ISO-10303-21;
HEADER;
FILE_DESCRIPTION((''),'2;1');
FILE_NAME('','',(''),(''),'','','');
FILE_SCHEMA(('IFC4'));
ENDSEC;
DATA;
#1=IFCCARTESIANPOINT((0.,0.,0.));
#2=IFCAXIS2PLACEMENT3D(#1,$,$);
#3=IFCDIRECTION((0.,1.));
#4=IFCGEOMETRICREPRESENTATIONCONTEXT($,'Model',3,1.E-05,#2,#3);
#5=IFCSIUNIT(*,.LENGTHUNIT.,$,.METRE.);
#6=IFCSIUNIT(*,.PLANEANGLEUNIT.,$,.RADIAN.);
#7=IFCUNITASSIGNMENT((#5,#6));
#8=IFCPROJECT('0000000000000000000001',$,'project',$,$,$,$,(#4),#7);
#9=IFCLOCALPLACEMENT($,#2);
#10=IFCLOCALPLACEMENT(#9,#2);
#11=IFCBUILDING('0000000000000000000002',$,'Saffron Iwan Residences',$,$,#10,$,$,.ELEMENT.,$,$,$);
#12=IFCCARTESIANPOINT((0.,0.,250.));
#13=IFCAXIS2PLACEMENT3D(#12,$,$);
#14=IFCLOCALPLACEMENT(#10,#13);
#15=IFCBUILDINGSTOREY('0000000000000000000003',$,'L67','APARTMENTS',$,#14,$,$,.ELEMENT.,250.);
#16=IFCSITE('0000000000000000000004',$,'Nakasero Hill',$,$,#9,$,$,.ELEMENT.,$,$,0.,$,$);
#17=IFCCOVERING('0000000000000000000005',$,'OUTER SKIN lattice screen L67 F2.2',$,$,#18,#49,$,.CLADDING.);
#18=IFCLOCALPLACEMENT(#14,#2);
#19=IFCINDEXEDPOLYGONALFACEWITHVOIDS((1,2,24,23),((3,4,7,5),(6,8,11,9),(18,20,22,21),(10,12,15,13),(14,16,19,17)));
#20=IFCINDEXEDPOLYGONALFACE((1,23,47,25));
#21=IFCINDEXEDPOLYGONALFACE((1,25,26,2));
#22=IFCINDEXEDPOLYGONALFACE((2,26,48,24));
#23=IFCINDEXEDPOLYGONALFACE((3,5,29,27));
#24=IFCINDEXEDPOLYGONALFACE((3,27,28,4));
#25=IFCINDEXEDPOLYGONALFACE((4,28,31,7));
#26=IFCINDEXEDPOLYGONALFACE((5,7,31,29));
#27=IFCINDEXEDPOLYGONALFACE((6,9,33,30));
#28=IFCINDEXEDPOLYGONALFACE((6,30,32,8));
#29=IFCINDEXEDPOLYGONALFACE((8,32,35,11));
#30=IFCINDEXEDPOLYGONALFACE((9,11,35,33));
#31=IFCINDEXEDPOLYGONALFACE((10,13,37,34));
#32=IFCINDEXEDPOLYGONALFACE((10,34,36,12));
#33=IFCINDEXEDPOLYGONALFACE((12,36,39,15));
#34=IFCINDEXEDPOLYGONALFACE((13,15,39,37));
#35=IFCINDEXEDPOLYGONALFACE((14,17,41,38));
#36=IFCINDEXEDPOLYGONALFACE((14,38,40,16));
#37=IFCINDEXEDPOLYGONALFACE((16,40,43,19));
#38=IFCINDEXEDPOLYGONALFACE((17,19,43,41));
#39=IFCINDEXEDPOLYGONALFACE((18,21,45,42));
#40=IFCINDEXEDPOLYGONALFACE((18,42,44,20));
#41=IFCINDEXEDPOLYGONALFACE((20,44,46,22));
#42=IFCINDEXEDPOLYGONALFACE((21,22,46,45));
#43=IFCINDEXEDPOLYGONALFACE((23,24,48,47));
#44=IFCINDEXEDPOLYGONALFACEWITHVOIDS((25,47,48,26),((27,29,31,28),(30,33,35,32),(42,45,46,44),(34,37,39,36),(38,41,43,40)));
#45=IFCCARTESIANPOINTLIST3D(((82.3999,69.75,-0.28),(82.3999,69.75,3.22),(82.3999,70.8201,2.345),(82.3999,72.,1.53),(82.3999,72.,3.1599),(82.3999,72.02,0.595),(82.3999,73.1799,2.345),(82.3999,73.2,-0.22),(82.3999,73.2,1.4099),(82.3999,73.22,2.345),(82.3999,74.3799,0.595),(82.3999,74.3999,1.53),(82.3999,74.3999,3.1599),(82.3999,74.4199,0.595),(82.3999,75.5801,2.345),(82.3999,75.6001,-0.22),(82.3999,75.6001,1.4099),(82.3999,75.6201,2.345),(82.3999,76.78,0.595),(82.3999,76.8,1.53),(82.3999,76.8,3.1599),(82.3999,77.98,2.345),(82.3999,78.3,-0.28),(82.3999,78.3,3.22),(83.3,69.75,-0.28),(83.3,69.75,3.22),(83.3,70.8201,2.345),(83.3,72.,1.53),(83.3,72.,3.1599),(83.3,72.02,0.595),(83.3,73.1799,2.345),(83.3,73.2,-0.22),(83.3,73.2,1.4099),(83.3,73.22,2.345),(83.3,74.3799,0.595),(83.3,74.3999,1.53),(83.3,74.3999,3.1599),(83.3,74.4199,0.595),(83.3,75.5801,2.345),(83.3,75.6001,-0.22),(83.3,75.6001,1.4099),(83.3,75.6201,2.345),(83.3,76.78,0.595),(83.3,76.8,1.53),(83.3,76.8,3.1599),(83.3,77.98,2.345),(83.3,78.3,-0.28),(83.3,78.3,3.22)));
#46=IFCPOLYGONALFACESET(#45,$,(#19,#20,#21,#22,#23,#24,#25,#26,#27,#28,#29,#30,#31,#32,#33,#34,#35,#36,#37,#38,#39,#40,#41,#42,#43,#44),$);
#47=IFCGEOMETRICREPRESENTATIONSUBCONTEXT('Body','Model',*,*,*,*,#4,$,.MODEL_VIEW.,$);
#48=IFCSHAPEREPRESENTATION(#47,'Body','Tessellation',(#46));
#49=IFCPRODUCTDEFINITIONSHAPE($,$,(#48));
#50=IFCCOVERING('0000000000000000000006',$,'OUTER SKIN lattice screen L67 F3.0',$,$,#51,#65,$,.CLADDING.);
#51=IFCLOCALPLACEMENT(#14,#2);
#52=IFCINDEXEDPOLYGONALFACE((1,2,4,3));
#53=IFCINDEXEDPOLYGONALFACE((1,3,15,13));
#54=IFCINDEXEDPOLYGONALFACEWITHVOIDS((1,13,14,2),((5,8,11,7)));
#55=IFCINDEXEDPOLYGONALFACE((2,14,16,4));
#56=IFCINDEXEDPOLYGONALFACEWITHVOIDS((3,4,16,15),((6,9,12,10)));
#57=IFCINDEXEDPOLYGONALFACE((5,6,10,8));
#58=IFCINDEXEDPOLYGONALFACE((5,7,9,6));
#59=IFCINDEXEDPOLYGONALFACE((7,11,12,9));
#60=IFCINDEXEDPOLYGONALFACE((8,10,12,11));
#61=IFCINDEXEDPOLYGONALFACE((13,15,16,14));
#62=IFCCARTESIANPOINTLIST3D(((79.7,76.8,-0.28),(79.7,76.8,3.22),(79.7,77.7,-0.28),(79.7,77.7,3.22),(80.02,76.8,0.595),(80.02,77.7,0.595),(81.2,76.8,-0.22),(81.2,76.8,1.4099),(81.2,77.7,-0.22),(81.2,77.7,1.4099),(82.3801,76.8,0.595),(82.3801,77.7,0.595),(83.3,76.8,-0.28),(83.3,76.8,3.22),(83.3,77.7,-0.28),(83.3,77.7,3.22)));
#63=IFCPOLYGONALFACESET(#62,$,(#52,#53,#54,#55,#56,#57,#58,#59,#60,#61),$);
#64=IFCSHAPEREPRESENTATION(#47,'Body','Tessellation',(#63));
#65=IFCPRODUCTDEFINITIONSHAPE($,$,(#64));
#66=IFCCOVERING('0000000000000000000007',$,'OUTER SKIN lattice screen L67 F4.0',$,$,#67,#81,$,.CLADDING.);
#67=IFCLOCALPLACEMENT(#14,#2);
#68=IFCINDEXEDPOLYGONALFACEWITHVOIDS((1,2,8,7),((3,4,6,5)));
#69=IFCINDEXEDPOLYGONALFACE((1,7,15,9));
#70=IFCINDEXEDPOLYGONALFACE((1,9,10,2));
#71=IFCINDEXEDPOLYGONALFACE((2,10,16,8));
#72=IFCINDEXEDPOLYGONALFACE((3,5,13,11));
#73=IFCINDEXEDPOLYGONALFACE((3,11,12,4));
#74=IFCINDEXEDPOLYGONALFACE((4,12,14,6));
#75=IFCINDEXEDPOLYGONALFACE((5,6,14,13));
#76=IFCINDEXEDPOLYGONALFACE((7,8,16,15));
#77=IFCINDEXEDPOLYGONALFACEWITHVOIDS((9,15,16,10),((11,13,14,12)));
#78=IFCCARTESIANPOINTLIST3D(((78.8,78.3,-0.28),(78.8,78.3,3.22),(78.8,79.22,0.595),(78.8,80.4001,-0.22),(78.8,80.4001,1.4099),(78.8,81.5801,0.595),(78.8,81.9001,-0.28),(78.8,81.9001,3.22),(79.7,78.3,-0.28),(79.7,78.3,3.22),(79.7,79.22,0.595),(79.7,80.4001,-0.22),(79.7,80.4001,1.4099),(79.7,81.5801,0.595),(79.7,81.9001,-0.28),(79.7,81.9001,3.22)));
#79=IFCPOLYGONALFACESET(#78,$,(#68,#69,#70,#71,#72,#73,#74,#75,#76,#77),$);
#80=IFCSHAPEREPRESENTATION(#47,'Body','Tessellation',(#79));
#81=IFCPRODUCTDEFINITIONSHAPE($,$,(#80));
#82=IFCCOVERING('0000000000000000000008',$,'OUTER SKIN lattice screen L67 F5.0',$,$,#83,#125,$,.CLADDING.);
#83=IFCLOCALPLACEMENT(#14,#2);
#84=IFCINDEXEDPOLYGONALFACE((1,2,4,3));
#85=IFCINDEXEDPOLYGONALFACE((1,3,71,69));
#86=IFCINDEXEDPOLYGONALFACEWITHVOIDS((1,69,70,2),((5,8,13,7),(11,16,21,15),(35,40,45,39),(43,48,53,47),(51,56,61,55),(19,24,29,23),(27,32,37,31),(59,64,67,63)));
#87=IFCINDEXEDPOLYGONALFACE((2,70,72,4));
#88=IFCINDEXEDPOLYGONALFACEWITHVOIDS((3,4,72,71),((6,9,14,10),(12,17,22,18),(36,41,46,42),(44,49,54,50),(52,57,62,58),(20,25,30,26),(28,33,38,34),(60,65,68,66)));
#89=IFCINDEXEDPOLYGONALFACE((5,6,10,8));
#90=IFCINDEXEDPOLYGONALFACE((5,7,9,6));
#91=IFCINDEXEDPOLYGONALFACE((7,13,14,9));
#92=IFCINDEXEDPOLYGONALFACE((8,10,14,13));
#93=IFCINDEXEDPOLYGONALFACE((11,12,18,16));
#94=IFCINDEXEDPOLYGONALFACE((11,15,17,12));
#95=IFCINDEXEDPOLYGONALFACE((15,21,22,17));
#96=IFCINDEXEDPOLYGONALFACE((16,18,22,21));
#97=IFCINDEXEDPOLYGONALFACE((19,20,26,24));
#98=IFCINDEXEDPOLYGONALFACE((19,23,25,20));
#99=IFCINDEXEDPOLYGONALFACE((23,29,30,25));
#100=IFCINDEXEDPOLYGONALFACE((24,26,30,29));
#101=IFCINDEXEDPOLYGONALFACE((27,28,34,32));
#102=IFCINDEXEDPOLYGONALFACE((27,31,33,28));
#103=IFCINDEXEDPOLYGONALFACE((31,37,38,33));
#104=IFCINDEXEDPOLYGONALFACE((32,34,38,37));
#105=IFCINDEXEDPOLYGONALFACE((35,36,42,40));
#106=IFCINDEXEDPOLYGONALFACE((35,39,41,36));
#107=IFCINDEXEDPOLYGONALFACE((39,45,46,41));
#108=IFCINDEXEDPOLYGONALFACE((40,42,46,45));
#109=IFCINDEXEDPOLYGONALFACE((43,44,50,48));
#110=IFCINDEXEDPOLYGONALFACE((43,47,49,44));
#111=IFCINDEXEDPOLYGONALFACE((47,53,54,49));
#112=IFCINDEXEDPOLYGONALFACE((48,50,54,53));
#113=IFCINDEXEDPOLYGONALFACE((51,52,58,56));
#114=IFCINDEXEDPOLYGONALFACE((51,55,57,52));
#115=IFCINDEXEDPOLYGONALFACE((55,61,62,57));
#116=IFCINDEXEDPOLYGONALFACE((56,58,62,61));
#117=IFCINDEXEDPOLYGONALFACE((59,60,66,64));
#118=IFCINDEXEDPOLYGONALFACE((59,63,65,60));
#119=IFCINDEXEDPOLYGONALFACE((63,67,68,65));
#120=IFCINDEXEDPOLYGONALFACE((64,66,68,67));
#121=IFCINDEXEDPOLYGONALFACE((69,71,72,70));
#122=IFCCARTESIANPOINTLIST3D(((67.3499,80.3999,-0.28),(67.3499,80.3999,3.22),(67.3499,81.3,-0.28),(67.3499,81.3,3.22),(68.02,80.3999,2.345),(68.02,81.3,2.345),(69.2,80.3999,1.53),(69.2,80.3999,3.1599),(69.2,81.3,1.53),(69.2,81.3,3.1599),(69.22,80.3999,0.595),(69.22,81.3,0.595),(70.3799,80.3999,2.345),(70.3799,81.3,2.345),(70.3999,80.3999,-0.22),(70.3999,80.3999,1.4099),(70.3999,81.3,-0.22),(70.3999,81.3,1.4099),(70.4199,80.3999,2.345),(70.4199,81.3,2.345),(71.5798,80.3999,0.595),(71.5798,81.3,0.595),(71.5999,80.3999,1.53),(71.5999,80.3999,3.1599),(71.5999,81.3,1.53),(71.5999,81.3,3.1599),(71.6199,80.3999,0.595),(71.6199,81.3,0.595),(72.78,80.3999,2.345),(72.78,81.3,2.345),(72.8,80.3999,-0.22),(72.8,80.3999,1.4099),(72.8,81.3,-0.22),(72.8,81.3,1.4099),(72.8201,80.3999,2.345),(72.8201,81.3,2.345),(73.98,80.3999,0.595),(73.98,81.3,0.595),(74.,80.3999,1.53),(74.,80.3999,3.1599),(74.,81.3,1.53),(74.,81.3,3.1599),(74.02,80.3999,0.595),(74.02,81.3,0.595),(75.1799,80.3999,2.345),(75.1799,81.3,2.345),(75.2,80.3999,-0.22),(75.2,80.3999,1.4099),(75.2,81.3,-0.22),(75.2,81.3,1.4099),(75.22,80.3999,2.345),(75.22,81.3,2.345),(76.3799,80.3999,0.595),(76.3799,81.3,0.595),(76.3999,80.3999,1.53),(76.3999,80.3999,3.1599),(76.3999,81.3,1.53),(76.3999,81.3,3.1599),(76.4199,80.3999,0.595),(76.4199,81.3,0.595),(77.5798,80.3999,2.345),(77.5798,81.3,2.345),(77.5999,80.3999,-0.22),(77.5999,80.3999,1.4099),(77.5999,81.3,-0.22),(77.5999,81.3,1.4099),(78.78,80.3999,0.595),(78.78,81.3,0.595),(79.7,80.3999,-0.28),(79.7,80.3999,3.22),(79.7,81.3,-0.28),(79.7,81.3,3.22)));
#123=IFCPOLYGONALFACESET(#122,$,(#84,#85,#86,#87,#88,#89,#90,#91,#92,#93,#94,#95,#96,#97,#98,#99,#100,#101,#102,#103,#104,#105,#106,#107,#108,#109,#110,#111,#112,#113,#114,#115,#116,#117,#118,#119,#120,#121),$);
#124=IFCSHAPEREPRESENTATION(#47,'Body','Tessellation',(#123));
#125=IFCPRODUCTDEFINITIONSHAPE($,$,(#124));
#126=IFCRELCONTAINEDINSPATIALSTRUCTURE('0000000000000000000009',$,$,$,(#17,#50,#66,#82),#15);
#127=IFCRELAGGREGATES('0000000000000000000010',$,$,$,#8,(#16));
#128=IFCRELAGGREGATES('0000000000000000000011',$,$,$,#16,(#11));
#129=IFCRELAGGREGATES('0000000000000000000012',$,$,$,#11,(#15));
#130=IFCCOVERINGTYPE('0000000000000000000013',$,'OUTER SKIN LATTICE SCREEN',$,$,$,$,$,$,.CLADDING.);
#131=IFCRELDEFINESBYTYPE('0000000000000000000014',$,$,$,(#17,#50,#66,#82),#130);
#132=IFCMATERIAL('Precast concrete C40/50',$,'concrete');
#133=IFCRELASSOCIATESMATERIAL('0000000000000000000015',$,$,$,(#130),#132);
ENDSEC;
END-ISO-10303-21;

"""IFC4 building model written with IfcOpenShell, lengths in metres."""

from ifc_helpers import new_model, si_unit, direction, frame, origin, place, context, subcontext, project, spatial, polyline, outline, extrude, material, type_object, element, save


model = new_model("IFC4")

# Units and contexts
model_context = context("Model", 3, precision=1e-05, world=origin(), true_north=direction((0.0, 1.0)))
body_context = subcontext(model_context, "Body", "Model", "MODEL_VIEW")
ifc_project = project(units=[si_unit("LENGTHUNIT", "METRE"), si_unit("PLANEANGLEUNIT", "RADIAN")], contexts=[model_context])

# Site, building, storey
site_placement = place(None, origin())
site = spatial("IfcSite", under=ifc_project, at=site_placement, Name="Nakasero Hill", CompositionType="ELEMENT", RefElevation=0.0)
building_placement = place(site_placement, origin())
building = spatial("IfcBuilding", under=site, at=building_placement, Name="Saffron Iwan Residences", CompositionType="ELEMENT")
storey_placement = place(building_placement, frame((0.0, 0.0, 250.0)))
storey = spatial("IfcBuildingStorey", under=building, at=storey_placement, Name="L67", Description="APARTMENTS", CompositionType="ELEMENT", Elevation=250.0)

# Coverings
ifc_material_1 = material(Name="Precast concrete C40/50", Category="concrete")
covering_type = type_object("IfcCoveringType", Name="OUTER SKIN LATTICE SCREEN", PredefinedType="CLADDING", material=ifc_material_1)
covering_1_placement = place(storey_placement, frame((82.3999, 69.75, -0.28), z_axis=(1.0, 0.0, 0.0), x_axis=(0.0, 1.0, 0.0)))
element("IfcCovering", 1, at=covering_1_placement, inside=storey, type_object=covering_type, Name="OUTER SKIN lattice screen L67 F2.2", PredefinedType="CLADDING", context=body_context, shape_type="SweptSolid", body=[
    extrude(outline(polyline([(0.0, 0.0), (8.55, 0.0), (8.55, 3.5), (0.0, 3.5), (0.0, 0.0)]), holes=[polyline([(2.27, 0.875), (3.45, 0.0601), (4.6299, 0.875), (3.45, 1.6899), (2.27, 0.875)]), polyline([(4.6699, 0.875), (5.8501, 0.0601), (7.03, 0.875), (5.8501, 1.6899), (4.6699, 0.875)]), polyline([(1.0701, 2.625), (2.25, 1.8101), (3.4299, 2.625), (2.25, 3.4399), (1.0701, 2.625)]), polyline([(3.47, 2.625), (4.6499, 1.8101), (5.8301, 2.625), (4.6499, 3.4399), (3.47, 2.625)]), polyline([(5.8701, 2.625), (7.05, 1.8101), (8.23, 2.625), (7.05, 3.4399), (5.8701, 2.625)])]), origin(), (0.0, 0.0, 1.0), 0.9001),
])
for number, where, z_axis, x_axis, name in (
    (2, (83.3, 76.8, -0.28), (0.0, 1.0, 0.0), (-1.0, 0.0, 0.0), "OUTER SKIN lattice screen L67 F3.0"),
    (3, (78.8, 78.3, -0.28), (1.0, 0.0, 0.0), (0.0, 1.0, 0.0), "OUTER SKIN lattice screen L67 F4.0"),
):
    element("IfcCovering", number, at=place(storey_placement, frame(where, z_axis=z_axis, x_axis=x_axis)), inside=storey, type_object=covering_type, Name=name, PredefinedType="CLADDING", context=body_context, shape_type="SweptSolid", body=[
        extrude(outline(polyline([(0.0, 0.0), (3.6001, 0.0), (3.6001, 3.5), (0.0, 3.5), (0.0, 0.0)]), holes=[polyline([(0.9199, 0.875), (2.1001, 0.0601), (3.28, 0.875), (2.1001, 1.6899), (0.9199, 0.875)])]), origin(), (0.0, 0.0, 1.0), 0.8999),
    ])
covering_2_placement = place(storey_placement, frame((79.7, 80.3999, -0.28), z_axis=(0.0, 1.0, 0.0), x_axis=(-1.0, 0.0, 0.0)))
element("IfcCovering", 4, at=covering_2_placement, inside=storey, type_object=covering_type, Name="OUTER SKIN lattice screen L67 F5.0", PredefinedType="CLADDING", context=body_context, shape_type="SweptSolid", body=[
    extrude(outline(polyline([(0.0, 0.0), (12.3501, 0.0), (12.3501, 3.5), (0.0, 3.5), (0.0, 0.0)]), holes=[polyline([(0.9199, 0.875), (2.1001, 0.0601), (3.28, 0.875), (2.1001, 1.6899), (0.9199, 0.875)]), polyline([(3.3201, 0.875), (4.5, 0.0601), (5.6799, 0.875), (4.5, 1.6899), (3.3201, 0.875)]), polyline([(5.72, 0.875), (6.8999, 0.0601), (8.0801, 0.875), (6.8999, 1.6899), (5.72, 0.875)]), polyline([(8.1201, 0.875), (9.3, 0.0601), (10.48, 0.875), (9.3, 1.6899), (8.1201, 0.875)]), polyline([(2.1201, 2.625), (3.3, 1.8101), (4.48, 2.625), (3.3, 3.4399), (2.1201, 2.625)]), polyline([(4.52, 2.625), (5.7, 1.8101), (6.8799, 2.625), (5.7, 3.4399), (4.52, 2.625)]), polyline([(6.9199, 2.625), (8.1001, 1.8101), (9.28, 2.625), (8.1001, 3.4399), (6.9199, 2.625)]), polyline([(9.3201, 2.625), (10.5, 1.8101), (11.6799, 2.625), (10.5, 3.4399), (9.3201, 2.625)])]), origin(), (0.0, 0.0, 1.0), 0.9001),
])

save(model, "model.ifc")
